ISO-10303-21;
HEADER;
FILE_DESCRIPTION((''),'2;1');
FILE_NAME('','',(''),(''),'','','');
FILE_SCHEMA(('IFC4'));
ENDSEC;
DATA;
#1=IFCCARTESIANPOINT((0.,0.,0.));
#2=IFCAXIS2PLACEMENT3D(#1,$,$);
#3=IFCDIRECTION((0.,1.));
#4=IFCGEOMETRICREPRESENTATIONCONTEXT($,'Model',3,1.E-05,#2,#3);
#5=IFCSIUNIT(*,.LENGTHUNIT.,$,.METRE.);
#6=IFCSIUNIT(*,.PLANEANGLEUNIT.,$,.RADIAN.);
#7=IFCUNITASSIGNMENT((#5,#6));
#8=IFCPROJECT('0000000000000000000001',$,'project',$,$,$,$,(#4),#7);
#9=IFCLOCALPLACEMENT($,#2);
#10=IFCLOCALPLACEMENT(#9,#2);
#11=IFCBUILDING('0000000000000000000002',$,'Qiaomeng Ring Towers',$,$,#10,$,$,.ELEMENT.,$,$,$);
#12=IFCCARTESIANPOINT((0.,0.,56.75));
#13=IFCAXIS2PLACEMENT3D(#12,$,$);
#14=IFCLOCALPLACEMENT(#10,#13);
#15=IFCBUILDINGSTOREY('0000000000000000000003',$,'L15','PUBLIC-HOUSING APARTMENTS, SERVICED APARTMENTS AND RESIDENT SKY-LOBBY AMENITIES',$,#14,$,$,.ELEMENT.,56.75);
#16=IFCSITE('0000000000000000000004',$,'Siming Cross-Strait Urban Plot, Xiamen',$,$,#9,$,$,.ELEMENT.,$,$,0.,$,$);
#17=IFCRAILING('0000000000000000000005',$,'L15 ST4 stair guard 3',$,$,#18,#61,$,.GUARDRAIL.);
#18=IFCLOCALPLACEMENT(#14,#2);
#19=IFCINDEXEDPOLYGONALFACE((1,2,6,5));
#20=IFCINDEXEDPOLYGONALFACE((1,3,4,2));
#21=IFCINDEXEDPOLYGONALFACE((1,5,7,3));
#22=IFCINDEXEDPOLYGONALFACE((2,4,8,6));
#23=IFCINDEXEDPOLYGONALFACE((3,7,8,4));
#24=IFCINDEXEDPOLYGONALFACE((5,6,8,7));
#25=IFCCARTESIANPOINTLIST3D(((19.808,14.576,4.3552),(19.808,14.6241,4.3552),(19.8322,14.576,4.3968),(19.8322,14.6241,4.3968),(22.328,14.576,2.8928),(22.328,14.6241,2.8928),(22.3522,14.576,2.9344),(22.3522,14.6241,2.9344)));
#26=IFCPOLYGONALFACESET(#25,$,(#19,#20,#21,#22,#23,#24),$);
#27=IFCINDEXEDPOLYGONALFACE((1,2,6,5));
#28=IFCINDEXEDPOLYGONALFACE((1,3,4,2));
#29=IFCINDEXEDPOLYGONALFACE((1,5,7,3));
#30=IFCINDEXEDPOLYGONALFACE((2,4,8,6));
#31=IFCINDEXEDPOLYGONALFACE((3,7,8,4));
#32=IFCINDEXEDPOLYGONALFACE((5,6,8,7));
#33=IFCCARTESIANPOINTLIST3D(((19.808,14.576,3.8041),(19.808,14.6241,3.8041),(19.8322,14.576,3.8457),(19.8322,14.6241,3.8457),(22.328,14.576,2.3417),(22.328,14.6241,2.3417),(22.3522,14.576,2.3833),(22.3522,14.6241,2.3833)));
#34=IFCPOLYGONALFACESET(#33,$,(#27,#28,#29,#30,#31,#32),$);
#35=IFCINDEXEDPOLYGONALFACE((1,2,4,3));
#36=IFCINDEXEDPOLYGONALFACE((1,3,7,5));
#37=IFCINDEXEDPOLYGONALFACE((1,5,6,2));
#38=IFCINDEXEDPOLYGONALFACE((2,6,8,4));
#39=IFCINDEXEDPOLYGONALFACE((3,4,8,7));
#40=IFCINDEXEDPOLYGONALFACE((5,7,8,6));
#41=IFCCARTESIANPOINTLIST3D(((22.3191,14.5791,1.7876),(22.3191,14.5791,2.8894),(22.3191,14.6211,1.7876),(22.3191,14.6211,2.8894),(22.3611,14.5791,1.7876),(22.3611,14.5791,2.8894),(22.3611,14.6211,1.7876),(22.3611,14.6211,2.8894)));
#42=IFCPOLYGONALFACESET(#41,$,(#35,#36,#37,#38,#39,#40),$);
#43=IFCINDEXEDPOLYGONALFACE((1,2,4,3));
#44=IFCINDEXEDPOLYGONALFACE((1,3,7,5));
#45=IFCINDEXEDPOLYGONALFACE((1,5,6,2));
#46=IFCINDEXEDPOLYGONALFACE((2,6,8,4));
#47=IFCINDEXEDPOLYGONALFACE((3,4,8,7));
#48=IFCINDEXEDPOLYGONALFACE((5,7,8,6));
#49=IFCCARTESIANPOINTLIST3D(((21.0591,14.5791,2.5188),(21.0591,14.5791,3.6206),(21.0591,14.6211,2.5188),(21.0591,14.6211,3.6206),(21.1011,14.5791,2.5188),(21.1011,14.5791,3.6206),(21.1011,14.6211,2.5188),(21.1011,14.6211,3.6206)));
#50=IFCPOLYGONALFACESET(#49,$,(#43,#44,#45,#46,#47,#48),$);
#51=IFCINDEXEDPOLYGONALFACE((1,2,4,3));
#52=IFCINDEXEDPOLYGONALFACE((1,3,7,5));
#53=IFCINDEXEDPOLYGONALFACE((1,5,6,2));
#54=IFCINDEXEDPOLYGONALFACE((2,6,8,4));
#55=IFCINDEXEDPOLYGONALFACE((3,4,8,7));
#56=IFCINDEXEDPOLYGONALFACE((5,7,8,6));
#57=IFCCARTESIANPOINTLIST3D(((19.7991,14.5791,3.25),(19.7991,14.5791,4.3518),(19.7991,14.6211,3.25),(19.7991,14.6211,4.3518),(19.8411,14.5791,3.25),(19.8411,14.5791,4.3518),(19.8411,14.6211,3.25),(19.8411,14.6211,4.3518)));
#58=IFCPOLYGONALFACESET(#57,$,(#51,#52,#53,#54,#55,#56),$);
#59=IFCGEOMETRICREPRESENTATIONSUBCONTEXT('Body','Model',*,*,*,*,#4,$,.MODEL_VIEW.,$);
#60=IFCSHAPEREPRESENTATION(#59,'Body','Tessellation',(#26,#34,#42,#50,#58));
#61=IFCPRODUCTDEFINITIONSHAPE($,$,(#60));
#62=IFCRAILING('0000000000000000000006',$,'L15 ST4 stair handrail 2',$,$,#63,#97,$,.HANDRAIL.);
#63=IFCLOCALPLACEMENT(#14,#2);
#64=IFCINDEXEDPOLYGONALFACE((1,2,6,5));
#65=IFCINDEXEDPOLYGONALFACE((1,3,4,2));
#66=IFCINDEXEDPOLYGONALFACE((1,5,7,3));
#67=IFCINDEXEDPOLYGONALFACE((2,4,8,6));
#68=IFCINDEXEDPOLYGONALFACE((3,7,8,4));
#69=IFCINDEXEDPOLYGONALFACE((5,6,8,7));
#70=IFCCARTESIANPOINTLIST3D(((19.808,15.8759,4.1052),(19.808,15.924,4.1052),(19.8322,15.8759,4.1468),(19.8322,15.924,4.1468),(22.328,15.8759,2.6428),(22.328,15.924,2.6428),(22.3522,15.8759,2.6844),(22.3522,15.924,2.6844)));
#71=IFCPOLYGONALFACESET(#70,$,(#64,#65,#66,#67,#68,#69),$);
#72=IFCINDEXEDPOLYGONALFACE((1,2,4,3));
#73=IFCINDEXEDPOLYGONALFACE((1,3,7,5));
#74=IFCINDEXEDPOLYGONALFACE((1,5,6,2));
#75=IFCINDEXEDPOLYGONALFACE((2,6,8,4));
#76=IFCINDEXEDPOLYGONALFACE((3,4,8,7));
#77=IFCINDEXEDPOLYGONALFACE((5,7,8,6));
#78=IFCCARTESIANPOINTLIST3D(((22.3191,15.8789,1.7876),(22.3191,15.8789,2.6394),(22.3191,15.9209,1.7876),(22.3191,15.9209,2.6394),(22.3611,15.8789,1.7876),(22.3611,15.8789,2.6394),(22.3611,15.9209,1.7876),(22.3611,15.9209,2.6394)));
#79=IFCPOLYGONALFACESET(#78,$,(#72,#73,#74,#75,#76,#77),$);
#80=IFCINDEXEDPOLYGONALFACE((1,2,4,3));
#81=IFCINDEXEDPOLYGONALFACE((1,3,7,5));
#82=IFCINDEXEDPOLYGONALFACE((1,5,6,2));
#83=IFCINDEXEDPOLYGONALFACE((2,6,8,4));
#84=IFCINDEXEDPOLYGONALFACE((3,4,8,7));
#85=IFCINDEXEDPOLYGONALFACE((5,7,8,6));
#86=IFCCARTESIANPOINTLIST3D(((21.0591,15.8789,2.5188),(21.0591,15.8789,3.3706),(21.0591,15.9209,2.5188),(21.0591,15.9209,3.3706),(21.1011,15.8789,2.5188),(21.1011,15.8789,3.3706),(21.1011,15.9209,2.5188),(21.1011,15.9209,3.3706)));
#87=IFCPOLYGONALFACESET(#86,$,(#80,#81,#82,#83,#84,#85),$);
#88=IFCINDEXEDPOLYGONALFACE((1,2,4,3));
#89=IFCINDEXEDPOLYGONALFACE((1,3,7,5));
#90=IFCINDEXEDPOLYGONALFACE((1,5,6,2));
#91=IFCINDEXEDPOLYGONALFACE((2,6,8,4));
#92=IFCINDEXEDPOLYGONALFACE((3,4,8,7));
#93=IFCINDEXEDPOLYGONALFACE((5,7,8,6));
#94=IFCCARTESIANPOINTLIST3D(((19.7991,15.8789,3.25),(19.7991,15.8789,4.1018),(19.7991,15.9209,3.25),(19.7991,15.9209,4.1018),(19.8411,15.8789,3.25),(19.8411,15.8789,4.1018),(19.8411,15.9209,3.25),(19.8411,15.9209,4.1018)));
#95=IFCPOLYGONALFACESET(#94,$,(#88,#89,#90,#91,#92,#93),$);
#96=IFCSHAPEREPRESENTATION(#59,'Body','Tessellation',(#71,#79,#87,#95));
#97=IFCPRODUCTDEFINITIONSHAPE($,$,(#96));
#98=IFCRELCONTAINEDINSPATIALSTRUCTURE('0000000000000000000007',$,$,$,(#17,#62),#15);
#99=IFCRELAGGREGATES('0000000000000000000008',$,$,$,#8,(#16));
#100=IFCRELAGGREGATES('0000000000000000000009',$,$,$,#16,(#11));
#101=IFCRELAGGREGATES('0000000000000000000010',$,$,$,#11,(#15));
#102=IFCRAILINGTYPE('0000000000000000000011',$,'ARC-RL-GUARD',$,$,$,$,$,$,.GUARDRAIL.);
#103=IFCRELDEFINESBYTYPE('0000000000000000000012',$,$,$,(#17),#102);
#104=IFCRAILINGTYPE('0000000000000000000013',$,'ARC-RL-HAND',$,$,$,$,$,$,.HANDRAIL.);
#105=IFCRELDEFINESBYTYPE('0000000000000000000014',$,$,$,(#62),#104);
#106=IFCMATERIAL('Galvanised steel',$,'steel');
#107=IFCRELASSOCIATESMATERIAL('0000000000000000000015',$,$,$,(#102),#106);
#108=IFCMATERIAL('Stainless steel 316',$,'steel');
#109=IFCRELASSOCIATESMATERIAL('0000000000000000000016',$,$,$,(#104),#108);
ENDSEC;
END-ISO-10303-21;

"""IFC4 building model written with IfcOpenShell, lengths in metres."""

from ifc_helpers import new_model, si_unit, direction, frame, origin, origin_2d, place, context, subcontext, project, spatial, rectangle, extrude, material, type_object, element, save


model = new_model("IFC4")

# Units and contexts
model_context = context("Model", 3, precision=1e-05, world=origin(), true_north=direction((0.0, 1.0)))
body_context = subcontext(model_context, "Body", "Model", "MODEL_VIEW")
ifc_project = project(units=[si_unit("LENGTHUNIT", "METRE"), si_unit("PLANEANGLEUNIT", "RADIAN")], contexts=[model_context])

# Site, building, storey
site_placement = place(None, origin())
site = spatial("IfcSite", under=ifc_project, at=site_placement, Name="Siming Cross-Strait Urban Plot, Xiamen", CompositionType="ELEMENT", RefElevation=0.0)
building_placement = place(site_placement, origin())
building = spatial("IfcBuilding", under=site, at=building_placement, Name="Qiaomeng Ring Towers", CompositionType="ELEMENT")
storey_placement = place(building_placement, frame((0.0, 0.0, 56.75)))
storey = spatial("IfcBuildingStorey", under=building, at=storey_placement, Name="L15", Description="PUBLIC-HOUSING APARTMENTS, SERVICED APARTMENTS AND RESIDENT SKY-LOBBY AMENITIES", CompositionType="ELEMENT", Elevation=56.75)

# Shared definitions
ifc_material_1 = material(Name="Galvanised steel", Category="steel")

# Shared definitions
ifc_material_2 = material(Name="Stainless steel 316", Category="steel")

# Railings
railing_type_1 = type_object("IfcRailingType", Name="ARC-RL-GUARD", PredefinedType="GUARDRAIL", material=ifc_material_1)
railing_1_placement = place(storey_placement, frame((22.3401, 14.6001, 1.7876)))
element("IfcRailing", 1, at=railing_1_placement, inside=storey, type_object=railing_type_1, Name="L15 ST4 stair guard 3", PredefinedType="GUARDRAIL", context=body_context, shape_type="SweptSolid", body=[
    extrude(rectangle(XDim=0.0481, YDim=0.0481, at=origin_2d()), frame((0.0, 0.0, 1.126), z_axis=(-0.864913, 0.0, 0.501921), x_axis=(0.0, -1.0, 0.0)), (0.0, 0.0, 1.0), 2.9136),
    extrude(rectangle(XDim=0.0481, YDim=0.0481, at=origin_2d()), frame((0.0, 0.0, 0.575), z_axis=(-0.864913, 0.0, 0.501921), x_axis=(0.0, -1.0, 0.0)), (0.0, 0.0, 1.0), 2.9136),
    extrude(rectangle(XDim=0.042, YDim=0.042, at=origin_2d()), origin(), (0.0, 0.0, 1.0), 1.1018),
    extrude(rectangle(XDim=0.042, YDim=0.042, at=origin_2d()), frame((-1.26, 0.0, 0.7312)), (0.0, 0.0, 1.0), 1.1018),
    extrude(rectangle(XDim=0.042, YDim=0.042, at=origin_2d()), frame((-2.52, 0.0, 1.4624)), (0.0, 0.0, 1.0), 1.1018),
])
railing_type_2 = type_object("IfcRailingType", Name="ARC-RL-HAND", PredefinedType="HANDRAIL", material=ifc_material_2)
railing_2_placement = place(storey_placement, frame((22.3401, 15.8999, 1.7876)))
element("IfcRailing", 2, at=railing_2_placement, inside=storey, type_object=railing_type_2, Name="L15 ST4 stair handrail 2", PredefinedType="HANDRAIL", context=body_context, shape_type="SweptSolid", body=[
    extrude(rectangle(XDim=0.0481, YDim=0.0481, at=origin_2d()), frame((0.0, 0.0, 0.876), z_axis=(-0.864913, 0.0, 0.501921), x_axis=(0.0, -1.0, 0.0)), (0.0, 0.0, 1.0), 2.9136),
    extrude(rectangle(XDim=0.042, YDim=0.042, at=origin_2d()), origin(), (0.0, 0.0, 1.0), 0.8518),
    extrude(rectangle(XDim=0.042, YDim=0.042, at=origin_2d()), frame((-1.26, 0.0, 0.7312)), (0.0, 0.0, 1.0), 0.8518),
    extrude(rectangle(XDim=0.042, YDim=0.042, at=origin_2d()), frame((-2.52, 0.0, 1.4624)), (0.0, 0.0, 1.0), 0.8518),
])

save(model, "model.ifc")
